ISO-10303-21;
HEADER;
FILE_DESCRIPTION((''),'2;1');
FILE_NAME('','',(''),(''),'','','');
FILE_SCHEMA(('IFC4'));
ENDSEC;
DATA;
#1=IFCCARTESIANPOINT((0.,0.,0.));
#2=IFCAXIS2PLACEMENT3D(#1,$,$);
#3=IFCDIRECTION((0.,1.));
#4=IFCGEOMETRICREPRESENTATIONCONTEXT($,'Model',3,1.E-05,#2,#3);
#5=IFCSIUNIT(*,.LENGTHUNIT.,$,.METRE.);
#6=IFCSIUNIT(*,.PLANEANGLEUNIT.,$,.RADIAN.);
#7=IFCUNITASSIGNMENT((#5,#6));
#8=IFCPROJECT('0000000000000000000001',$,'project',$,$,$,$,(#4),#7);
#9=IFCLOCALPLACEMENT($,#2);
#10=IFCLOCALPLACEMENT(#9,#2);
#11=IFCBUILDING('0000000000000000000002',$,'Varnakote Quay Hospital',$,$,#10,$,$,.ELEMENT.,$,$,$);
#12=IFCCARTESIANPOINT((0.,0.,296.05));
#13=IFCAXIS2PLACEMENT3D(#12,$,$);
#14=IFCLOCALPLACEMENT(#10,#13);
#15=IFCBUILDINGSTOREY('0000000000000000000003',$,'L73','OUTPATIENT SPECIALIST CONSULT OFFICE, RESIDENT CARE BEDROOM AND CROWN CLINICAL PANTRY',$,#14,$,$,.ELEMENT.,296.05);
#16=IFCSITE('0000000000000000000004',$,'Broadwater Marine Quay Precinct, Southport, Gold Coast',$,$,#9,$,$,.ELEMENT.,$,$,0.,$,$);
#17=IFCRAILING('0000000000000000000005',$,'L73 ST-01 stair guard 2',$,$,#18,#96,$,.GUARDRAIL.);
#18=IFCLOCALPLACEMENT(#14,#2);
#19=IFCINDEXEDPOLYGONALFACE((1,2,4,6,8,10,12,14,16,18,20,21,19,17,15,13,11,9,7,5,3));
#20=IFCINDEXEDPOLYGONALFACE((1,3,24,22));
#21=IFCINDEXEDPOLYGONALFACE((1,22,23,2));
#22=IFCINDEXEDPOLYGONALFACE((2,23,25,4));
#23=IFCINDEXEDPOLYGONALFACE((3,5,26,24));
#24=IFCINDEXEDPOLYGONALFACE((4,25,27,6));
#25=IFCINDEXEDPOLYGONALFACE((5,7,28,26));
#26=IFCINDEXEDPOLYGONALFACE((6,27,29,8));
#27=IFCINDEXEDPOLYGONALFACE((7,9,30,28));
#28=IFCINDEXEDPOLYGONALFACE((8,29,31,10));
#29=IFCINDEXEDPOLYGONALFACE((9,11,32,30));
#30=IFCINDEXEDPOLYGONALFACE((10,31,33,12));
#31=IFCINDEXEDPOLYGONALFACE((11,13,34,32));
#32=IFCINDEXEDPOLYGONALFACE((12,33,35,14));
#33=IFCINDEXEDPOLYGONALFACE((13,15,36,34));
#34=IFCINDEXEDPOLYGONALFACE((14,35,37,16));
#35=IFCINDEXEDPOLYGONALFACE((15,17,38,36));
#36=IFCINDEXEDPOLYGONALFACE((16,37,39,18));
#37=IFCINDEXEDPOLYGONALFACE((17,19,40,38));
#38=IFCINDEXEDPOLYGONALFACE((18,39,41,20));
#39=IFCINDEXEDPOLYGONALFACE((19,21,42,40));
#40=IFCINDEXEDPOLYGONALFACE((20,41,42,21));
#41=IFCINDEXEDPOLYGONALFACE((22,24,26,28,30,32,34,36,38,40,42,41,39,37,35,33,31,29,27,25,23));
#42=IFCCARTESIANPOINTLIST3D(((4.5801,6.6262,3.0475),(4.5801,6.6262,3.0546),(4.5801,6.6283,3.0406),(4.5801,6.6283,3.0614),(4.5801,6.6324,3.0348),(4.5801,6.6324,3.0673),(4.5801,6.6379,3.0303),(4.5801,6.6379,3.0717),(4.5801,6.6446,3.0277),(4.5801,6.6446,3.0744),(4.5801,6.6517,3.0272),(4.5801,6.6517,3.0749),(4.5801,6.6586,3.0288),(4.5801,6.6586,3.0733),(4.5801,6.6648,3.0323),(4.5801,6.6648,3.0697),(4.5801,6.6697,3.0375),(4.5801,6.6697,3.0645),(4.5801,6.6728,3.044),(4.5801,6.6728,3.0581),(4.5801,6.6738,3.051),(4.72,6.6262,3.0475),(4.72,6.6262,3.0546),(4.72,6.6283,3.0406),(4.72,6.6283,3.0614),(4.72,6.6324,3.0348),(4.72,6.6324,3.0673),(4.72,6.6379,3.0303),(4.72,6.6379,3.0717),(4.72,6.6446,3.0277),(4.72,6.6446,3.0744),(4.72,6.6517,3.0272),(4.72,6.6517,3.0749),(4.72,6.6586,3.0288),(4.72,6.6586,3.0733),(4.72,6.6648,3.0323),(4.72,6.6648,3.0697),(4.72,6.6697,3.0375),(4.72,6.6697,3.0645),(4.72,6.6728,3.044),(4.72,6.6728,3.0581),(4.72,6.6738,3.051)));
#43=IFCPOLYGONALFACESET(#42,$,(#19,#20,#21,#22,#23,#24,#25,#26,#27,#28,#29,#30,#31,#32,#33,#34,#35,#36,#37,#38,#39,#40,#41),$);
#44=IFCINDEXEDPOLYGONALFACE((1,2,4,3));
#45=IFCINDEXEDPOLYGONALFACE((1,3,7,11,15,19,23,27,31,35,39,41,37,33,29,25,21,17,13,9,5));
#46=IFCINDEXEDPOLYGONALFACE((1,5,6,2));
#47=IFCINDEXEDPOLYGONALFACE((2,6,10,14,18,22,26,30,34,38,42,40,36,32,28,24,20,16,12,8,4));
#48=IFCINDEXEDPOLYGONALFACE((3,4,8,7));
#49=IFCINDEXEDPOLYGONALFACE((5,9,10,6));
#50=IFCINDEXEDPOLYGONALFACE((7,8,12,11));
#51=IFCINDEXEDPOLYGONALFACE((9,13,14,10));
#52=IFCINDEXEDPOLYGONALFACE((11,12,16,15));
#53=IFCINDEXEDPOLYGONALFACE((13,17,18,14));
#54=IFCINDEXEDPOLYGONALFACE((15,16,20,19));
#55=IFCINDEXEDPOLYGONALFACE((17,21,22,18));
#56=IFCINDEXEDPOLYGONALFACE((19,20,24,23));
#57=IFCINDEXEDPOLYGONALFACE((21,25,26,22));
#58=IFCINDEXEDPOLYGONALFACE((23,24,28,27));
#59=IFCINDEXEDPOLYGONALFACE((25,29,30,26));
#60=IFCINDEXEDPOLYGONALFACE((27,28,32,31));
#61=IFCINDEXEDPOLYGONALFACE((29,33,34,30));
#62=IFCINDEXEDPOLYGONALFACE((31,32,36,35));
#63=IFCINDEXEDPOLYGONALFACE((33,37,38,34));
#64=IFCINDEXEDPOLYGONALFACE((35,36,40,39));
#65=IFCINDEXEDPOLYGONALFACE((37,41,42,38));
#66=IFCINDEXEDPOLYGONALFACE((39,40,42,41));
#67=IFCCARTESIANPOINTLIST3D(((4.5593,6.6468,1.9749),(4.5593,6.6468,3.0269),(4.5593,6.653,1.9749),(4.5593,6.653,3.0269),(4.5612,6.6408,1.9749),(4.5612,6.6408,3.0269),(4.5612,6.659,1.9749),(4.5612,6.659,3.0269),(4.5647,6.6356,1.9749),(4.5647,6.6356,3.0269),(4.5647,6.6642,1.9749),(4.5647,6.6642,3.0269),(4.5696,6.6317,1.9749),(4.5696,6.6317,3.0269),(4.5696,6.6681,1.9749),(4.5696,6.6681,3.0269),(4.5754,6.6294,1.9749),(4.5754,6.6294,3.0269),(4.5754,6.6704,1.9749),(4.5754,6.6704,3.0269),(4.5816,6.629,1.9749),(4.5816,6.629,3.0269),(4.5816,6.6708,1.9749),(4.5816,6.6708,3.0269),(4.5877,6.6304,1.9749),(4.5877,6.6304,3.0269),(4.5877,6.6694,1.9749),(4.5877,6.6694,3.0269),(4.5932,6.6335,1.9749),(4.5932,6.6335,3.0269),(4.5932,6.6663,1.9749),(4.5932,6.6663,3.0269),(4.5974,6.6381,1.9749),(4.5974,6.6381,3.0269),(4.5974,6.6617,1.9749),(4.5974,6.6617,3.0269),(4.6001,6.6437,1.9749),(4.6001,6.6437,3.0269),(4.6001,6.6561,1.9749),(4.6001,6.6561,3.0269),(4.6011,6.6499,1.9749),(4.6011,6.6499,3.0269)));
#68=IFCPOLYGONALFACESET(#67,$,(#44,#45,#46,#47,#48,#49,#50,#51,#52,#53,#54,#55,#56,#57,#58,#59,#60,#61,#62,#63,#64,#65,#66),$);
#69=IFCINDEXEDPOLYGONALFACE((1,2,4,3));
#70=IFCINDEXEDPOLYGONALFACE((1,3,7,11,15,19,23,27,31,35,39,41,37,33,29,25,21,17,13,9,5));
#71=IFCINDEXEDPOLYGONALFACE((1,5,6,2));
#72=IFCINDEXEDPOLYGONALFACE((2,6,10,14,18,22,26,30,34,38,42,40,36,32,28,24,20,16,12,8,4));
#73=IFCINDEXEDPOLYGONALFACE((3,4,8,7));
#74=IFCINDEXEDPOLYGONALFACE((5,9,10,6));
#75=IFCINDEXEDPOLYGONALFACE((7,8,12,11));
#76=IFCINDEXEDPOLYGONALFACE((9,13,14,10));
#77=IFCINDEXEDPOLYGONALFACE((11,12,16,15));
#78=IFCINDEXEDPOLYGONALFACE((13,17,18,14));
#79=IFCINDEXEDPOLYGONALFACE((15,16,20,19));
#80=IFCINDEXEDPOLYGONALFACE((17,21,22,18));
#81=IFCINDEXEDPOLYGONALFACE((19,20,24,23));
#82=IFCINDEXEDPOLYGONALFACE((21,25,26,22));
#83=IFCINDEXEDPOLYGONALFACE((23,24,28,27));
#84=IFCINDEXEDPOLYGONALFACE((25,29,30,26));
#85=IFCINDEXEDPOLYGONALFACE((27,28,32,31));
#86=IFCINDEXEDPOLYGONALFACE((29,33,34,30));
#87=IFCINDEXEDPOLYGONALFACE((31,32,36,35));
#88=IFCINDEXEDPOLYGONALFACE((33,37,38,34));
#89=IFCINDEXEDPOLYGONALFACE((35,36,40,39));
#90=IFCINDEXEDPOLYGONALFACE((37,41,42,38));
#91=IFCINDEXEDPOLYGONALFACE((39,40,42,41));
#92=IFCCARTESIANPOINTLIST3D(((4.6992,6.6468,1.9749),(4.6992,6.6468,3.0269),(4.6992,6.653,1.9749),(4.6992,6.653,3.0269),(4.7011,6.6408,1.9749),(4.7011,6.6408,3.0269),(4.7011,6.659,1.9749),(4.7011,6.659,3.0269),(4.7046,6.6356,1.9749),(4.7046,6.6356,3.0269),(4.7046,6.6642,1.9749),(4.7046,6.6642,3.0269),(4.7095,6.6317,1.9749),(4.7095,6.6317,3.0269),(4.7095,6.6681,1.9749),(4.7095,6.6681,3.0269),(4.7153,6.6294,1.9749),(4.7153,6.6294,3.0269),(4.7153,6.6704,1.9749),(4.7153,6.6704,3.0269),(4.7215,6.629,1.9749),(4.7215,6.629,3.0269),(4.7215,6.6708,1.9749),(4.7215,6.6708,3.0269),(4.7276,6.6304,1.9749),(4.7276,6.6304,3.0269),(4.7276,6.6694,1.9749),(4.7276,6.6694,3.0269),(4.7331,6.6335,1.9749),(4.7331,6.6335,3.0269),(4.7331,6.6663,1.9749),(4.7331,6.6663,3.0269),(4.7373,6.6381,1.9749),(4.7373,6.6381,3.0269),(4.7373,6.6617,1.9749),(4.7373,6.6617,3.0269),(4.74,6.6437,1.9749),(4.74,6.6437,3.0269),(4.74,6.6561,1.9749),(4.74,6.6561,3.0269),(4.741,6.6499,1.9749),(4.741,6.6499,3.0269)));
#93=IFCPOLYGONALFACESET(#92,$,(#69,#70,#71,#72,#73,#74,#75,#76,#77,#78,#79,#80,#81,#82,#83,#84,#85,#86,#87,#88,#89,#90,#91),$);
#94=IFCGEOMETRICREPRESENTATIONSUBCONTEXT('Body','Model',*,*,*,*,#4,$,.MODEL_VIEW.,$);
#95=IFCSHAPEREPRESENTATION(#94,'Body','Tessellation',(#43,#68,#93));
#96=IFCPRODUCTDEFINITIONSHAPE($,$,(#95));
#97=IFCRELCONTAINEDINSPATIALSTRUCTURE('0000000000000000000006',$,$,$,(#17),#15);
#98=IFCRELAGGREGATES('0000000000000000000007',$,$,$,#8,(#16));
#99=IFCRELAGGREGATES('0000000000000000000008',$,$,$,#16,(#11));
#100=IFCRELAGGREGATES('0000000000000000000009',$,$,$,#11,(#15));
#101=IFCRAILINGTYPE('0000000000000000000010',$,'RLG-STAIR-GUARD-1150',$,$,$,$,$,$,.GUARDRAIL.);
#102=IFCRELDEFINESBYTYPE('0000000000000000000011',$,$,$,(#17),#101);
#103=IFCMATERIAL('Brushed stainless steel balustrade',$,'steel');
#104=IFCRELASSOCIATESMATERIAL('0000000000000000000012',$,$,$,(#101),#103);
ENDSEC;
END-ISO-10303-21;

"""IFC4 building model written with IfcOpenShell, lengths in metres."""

from ifc_helpers import new_model, si_unit, direction, frame, origin, origin_2d, place, context, subcontext, project, spatial, circle, extrude, material, type_object, element, save


model = new_model("IFC4")

# Units and contexts
model_context = context("Model", 3, precision=1e-05, world=origin(), true_north=direction((0.0, 1.0)))
body_context = subcontext(model_context, "Body", "Model", "MODEL_VIEW")
ifc_project = project(units=[si_unit("LENGTHUNIT", "METRE"), si_unit("PLANEANGLEUNIT", "RADIAN")], contexts=[model_context])

# Site, building, storey
site_placement = place(None, origin())
site = spatial("IfcSite", under=ifc_project, at=site_placement, Name="Broadwater Marine Quay Precinct, Southport, Gold Coast", CompositionType="ELEMENT", RefElevation=0.0)
building_placement = place(site_placement, origin())
building = spatial("IfcBuilding", under=site, at=building_placement, Name="Varnakote Quay Hospital", CompositionType="ELEMENT")
storey_placement = place(building_placement, frame((0.0, 0.0, 296.05)))
storey = spatial("IfcBuildingStorey", under=building, at=storey_placement, Name="L73", Description="OUTPATIENT SPECIALIST CONSULT OFFICE, RESIDENT CARE BEDROOM AND CROWN CLINICAL PANTRY", CompositionType="ELEMENT", Elevation=296.05)

# Railing
ifc_material_1 = material(Name="Brushed stainless steel balustrade", Category="steel")
railing_type_1 = type_object("IfcRailingType", Name="RLG-STAIR-GUARD-1150", PredefinedType="GUARDRAIL", material=ifc_material_1)
railing_1_placement = place(storey_placement, frame((4.5801, 6.6499, 1.9749)))
element("IfcRailing", 1, at=railing_1_placement, inside=storey, type_object=railing_type_1, Name="L73 ST-01 stair guard 2", PredefinedType="GUARDRAIL", context=body_context, shape_type="SweptSolid", body=[
    extrude(circle(Radius=0.0239, at=origin_2d()), frame((0.0, 0.0, 1.0762), z_axis=(1.0, 0.0, 0.0), x_axis=(0.0, 1.0, 0.0)), (0.0, 0.0, 1.0), 0.1399),
    extrude(circle(Radius=0.021, at=origin_2d()), origin(), (0.0, 0.0, 1.0), 1.052),
    extrude(circle(Radius=0.021, at=origin_2d()), frame((0.1399, 0.0, 0.0)), (0.0, 0.0, 1.0), 1.052),
])

save(model, "model.ifc")
